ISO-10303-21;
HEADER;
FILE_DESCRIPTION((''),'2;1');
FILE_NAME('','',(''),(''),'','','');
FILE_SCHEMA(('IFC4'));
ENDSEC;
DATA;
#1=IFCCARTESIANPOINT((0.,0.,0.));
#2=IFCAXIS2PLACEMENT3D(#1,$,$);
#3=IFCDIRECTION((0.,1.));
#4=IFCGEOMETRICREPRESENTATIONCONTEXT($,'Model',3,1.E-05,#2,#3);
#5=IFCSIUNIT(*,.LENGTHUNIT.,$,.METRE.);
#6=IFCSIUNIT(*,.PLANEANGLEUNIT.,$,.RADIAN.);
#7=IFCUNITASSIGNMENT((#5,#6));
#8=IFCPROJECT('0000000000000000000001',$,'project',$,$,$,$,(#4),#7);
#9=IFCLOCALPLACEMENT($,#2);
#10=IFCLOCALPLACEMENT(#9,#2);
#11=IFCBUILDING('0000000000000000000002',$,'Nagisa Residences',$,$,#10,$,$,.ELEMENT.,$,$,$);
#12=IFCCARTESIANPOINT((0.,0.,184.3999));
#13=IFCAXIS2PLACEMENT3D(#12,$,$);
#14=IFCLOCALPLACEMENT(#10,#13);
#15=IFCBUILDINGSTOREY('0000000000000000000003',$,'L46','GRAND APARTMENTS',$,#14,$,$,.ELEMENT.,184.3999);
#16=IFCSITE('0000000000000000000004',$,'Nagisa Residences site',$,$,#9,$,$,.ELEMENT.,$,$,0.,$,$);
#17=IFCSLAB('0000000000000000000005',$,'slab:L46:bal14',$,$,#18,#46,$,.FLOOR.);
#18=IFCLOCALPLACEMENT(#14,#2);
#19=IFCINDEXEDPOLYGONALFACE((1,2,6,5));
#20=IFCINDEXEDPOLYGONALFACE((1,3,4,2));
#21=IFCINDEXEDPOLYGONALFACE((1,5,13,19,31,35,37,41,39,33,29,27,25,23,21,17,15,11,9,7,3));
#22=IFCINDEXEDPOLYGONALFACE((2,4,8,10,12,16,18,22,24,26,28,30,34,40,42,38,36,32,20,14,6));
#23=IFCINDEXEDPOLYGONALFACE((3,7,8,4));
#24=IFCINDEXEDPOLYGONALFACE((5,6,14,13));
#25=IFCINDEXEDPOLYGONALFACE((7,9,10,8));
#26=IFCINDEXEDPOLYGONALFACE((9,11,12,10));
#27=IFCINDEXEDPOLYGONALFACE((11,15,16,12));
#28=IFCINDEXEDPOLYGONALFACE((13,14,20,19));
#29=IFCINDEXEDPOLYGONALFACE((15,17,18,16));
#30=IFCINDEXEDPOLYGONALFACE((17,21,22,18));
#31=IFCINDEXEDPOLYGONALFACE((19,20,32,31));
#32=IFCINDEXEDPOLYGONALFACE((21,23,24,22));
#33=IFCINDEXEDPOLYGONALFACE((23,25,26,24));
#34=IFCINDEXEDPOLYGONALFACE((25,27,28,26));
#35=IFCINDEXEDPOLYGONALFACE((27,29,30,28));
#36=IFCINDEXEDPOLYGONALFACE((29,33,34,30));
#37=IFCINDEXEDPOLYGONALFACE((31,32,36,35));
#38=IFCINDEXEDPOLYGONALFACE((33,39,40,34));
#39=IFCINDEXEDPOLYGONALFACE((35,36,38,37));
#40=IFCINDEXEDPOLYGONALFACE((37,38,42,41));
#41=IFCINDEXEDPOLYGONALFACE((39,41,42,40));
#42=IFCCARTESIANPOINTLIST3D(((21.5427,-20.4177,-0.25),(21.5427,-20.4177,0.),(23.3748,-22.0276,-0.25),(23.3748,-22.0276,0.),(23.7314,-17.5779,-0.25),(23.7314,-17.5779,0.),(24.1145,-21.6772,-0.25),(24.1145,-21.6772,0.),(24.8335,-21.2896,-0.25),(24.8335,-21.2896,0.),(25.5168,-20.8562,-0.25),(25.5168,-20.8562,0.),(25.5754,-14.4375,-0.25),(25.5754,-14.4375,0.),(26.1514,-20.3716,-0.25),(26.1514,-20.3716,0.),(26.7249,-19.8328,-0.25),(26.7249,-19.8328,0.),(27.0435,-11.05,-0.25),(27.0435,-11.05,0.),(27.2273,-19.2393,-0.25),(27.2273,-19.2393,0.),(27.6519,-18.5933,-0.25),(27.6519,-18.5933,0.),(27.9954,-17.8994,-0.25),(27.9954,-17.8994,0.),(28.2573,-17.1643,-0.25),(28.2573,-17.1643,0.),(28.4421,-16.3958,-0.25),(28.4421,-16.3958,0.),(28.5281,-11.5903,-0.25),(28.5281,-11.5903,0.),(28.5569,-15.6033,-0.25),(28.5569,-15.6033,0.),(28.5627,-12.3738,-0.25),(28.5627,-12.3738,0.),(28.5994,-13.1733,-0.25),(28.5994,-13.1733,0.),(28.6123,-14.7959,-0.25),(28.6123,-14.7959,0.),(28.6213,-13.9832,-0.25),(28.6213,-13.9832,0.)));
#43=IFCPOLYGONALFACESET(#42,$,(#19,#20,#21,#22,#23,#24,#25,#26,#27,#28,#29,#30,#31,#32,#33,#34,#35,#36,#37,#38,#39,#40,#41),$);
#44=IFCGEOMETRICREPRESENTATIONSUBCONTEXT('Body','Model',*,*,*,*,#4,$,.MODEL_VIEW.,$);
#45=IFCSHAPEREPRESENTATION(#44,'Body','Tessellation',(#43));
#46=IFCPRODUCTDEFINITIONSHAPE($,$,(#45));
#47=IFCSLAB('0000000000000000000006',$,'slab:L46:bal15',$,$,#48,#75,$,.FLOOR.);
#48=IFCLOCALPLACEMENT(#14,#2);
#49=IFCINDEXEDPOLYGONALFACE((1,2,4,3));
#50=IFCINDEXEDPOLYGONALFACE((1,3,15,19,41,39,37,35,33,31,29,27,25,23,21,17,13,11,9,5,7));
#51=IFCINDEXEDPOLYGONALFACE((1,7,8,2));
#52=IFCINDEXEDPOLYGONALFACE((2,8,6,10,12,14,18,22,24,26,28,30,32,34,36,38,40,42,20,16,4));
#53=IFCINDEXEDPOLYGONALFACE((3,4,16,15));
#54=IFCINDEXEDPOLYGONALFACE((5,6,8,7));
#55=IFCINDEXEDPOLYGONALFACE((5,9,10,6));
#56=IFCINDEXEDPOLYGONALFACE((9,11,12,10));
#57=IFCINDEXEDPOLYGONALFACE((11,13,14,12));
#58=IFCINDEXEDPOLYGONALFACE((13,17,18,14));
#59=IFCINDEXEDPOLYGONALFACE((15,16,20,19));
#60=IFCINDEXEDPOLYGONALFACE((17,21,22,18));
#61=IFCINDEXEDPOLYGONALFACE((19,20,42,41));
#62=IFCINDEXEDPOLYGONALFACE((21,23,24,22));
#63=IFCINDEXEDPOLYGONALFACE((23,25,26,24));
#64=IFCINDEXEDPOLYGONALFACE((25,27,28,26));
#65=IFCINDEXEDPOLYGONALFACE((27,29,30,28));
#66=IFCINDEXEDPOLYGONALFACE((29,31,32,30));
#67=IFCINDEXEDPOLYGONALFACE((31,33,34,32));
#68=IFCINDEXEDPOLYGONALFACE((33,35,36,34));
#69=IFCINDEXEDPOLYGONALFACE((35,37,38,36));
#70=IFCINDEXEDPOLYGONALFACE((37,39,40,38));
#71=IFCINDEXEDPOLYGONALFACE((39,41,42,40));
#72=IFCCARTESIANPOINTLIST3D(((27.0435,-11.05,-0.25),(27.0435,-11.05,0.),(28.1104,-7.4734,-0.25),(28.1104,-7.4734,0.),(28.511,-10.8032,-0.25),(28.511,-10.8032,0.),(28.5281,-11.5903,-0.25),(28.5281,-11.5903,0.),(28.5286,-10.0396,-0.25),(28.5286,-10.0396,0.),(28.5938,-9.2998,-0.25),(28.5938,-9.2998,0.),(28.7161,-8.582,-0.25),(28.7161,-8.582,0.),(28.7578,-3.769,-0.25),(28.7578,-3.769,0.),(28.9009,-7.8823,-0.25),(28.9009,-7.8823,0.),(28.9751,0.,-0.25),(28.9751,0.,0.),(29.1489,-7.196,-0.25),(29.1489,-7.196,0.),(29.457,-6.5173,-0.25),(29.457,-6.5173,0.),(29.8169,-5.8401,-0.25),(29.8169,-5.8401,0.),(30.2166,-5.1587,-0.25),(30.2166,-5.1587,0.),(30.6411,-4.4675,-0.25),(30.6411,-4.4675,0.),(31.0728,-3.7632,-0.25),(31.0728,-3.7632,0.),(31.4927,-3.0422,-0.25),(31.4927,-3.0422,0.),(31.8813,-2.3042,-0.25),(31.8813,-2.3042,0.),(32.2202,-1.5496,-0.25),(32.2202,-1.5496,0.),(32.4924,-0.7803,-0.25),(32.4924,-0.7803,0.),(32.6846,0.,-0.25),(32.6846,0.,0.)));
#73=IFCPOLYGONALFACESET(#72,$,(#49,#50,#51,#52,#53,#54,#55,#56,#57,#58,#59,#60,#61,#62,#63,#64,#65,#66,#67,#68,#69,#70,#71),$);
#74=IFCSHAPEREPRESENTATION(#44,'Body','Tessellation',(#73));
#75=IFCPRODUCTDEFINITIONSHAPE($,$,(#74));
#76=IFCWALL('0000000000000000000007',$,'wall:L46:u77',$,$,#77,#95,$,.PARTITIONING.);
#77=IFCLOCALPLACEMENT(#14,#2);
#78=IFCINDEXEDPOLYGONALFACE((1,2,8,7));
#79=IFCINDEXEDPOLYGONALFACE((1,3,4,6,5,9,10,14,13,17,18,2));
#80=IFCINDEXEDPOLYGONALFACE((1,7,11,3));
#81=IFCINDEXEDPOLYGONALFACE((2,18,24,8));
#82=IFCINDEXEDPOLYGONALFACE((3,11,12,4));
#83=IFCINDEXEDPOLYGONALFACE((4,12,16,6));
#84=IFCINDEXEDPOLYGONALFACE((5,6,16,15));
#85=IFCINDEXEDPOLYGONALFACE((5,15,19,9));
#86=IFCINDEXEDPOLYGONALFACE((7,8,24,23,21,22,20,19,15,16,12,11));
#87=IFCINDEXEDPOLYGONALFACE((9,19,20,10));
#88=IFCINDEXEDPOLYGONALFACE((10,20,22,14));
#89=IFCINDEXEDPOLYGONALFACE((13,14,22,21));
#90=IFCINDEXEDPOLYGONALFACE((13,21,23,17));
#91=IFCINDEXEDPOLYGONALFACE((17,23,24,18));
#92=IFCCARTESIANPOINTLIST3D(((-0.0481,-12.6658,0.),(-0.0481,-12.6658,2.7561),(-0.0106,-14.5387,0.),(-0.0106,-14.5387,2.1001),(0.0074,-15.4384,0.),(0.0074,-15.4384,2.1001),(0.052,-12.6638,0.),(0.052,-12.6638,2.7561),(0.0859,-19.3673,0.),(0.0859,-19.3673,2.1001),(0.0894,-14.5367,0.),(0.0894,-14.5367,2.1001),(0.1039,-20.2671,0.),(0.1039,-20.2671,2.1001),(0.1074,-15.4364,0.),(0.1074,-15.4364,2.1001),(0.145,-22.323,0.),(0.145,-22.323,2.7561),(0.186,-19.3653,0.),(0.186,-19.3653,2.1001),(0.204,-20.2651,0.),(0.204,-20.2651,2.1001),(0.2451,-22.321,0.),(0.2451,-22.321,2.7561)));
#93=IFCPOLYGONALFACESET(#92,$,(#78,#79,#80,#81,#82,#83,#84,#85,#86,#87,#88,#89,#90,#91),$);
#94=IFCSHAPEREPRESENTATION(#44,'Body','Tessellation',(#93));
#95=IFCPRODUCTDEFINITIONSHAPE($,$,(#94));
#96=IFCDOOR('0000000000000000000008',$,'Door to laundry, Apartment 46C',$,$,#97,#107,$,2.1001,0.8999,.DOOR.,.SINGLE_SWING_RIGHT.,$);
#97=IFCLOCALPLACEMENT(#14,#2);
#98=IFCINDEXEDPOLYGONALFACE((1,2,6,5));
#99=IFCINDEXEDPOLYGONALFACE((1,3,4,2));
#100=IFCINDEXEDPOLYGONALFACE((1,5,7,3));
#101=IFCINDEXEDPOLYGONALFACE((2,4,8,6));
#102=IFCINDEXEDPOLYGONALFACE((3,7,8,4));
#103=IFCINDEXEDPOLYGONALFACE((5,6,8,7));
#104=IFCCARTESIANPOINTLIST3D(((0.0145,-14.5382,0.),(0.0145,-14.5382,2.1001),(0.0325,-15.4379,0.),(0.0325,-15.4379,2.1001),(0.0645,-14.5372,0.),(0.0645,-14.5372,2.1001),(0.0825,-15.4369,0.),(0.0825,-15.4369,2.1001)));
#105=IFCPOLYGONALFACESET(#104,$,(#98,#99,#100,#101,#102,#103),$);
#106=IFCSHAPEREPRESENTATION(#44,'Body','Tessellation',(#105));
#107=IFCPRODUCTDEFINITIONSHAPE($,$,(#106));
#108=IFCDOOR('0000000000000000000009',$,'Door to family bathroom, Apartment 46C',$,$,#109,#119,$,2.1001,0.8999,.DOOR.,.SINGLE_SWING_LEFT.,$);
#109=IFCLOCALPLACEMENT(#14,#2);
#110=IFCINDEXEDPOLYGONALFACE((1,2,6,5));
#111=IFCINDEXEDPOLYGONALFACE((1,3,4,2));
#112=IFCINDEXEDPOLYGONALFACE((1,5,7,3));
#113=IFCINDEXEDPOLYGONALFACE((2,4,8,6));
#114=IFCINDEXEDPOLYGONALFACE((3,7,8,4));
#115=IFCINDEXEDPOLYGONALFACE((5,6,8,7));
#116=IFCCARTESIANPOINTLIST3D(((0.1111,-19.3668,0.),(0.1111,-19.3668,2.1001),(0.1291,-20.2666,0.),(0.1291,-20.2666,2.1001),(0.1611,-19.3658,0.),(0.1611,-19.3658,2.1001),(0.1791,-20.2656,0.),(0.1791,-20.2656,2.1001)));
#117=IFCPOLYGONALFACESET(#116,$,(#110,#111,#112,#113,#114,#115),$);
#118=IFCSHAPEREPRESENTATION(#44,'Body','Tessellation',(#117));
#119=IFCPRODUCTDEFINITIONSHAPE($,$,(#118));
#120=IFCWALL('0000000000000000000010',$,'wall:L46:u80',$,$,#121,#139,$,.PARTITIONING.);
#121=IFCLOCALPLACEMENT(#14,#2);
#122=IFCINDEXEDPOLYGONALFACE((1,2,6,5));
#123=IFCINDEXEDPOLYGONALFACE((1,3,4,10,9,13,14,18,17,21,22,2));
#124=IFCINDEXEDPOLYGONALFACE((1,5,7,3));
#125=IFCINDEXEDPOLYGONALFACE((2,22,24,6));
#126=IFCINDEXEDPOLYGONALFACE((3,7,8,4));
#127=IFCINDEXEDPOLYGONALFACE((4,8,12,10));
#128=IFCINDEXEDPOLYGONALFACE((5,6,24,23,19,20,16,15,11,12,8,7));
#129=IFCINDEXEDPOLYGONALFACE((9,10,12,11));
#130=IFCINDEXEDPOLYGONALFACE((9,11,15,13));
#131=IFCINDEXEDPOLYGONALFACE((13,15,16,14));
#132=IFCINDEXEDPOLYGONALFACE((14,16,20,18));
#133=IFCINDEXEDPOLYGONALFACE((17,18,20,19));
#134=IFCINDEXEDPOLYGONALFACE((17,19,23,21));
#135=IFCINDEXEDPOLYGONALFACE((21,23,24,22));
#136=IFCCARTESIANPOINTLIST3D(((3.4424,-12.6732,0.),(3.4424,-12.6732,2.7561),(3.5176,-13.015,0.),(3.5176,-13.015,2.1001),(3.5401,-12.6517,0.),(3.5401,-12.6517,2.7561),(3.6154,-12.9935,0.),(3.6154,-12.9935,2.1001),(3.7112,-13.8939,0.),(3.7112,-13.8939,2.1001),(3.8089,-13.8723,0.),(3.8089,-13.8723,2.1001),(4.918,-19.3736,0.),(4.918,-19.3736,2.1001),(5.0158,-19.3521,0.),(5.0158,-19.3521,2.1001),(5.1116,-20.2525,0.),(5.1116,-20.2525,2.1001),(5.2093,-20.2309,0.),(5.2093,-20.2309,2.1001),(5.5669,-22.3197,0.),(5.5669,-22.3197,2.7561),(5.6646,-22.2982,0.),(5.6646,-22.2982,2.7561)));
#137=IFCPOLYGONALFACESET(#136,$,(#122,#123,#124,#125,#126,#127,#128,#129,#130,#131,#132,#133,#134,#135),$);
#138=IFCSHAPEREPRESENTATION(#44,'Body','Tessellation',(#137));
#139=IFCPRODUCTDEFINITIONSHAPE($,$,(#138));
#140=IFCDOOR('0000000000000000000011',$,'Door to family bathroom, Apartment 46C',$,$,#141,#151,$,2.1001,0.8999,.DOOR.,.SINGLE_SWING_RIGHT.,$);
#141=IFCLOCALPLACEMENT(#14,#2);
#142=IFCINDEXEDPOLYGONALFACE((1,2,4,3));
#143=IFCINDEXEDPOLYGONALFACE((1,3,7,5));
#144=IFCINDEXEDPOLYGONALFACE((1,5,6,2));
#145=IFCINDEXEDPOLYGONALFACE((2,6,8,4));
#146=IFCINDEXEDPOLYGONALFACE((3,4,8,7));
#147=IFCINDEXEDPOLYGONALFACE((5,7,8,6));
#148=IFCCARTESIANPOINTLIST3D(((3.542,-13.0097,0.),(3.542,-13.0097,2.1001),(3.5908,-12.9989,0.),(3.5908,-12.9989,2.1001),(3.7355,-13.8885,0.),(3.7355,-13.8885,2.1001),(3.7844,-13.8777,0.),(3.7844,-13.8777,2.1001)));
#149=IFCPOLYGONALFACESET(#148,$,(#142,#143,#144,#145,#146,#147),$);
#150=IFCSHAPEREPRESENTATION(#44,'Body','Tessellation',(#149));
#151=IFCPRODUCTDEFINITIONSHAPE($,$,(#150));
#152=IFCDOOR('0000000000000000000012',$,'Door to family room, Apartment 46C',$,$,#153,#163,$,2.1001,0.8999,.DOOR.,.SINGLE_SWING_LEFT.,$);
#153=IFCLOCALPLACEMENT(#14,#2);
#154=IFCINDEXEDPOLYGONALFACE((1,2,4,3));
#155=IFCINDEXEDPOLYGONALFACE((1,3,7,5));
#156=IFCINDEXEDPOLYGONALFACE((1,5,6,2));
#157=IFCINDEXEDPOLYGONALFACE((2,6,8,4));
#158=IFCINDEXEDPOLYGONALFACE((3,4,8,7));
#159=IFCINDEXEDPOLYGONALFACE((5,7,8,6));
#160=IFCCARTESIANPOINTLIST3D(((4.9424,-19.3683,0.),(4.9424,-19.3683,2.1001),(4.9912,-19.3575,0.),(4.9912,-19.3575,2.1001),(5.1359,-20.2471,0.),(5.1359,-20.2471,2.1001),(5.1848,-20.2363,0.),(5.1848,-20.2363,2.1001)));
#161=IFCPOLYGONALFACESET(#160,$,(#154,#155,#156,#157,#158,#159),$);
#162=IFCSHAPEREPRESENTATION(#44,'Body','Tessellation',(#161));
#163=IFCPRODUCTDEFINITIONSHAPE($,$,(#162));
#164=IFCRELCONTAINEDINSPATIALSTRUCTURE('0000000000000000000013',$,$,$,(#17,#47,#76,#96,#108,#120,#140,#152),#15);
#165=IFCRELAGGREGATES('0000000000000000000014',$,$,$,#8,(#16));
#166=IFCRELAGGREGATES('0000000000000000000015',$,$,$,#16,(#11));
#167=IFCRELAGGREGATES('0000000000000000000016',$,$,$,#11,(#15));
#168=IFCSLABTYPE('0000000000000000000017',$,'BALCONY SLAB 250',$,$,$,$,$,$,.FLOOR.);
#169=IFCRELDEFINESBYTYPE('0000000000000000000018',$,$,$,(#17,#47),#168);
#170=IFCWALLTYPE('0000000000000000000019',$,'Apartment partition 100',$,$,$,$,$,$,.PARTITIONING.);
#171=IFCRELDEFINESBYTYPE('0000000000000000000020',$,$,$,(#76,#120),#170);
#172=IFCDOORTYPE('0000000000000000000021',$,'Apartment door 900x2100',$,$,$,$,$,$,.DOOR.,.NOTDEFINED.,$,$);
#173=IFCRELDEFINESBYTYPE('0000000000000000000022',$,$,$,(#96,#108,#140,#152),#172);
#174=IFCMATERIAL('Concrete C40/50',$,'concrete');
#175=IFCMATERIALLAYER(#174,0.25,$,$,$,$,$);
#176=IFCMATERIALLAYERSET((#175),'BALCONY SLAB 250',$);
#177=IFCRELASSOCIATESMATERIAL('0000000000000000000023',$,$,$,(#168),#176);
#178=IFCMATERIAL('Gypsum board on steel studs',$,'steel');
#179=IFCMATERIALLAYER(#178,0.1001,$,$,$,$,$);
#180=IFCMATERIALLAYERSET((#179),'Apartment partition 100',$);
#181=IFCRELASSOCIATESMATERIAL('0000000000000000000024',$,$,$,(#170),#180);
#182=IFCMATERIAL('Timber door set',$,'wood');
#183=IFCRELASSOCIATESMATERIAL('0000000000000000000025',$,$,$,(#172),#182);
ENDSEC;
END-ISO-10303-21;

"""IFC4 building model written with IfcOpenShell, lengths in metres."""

from ifc_helpers import new_model, si_unit, direction, frame, frame_2d, origin, place, context, subcontext, project, spatial, polyline, rectangle, outline, extrude, material, layer, layer_set, type_object, element, fill, save


model = new_model("IFC4")

# Units and contexts
model_context = context("Model", 3, precision=1e-05, world=origin(), true_north=direction((0.0, 1.0)))
body_context = subcontext(model_context, "Body", "Model", "MODEL_VIEW")
ifc_project = project(units=[si_unit("LENGTHUNIT", "METRE"), si_unit("PLANEANGLEUNIT", "RADIAN")], contexts=[model_context])

# Site, building, storey
site_placement = place(None, origin())
site = spatial("IfcSite", under=ifc_project, at=site_placement, Name="Nagisa Residences site", CompositionType="ELEMENT", RefElevation=0.0)
building_placement = place(site_placement, origin())
building = spatial("IfcBuilding", under=site, at=building_placement, Name="Nagisa Residences", CompositionType="ELEMENT")
storey_placement = place(building_placement, frame((0.0, 0.0, 184.3999)))
storey = spatial("IfcBuildingStorey", under=building, at=storey_placement, Name="L46", Description="GRAND APARTMENTS", CompositionType="ELEMENT", Elevation=184.3999)

# Slabs
ifc_material_1 = material(Name="Concrete C40/50", Category="concrete")
ifc_layer_1 = layer(ifc_material_1, 0.25)
ifc_layer_set_1 = layer_set([ifc_layer_1], Name="BALCONY SLAB 250")
slab_type = type_object("IfcSlabType", Name="BALCONY SLAB 250", PredefinedType="FLOOR", material=ifc_layer_set_1)
slab_1_placement = place(storey_placement, frame((0.0, 0.0, -0.25)))
element("IfcSlab", 1, at=slab_1_placement, inside=storey, type_object=slab_type, Name="slab:L46:bal14", PredefinedType="FLOOR", context=body_context, shape_type="SweptSolid", body=[
    extrude(outline(polyline([(23.3748, -22.0276), (24.1145, -21.6772), (24.8335, -21.2896), (25.5168, -20.8562), (26.1514, -20.3716), (26.7249, -19.8328), (27.2273, -19.2393), (27.6519, -18.5933), (27.9954, -17.8994), (28.2573, -17.1643), (28.4421, -16.3958), (28.5569, -15.6033), (28.6123, -14.7959), (28.6213, -13.9832), (28.5994, -13.1733), (28.5627, -12.3738), (28.5281, -11.5903), (27.0435, -11.05), (25.5754, -14.4375), (23.7314, -17.5779), (21.5427, -20.4177), (23.3748, -22.0276)])), origin(), (0.0, 0.0, 1.0), 0.25),
])
slab_2_placement = place(storey_placement, frame((0.0, 0.0, -0.25)))
element("IfcSlab", 2, at=slab_2_placement, inside=storey, type_object=slab_type, Name="slab:L46:bal15", PredefinedType="FLOOR", context=body_context, shape_type="SweptSolid", body=[
    extrude(outline(polyline([(28.5281, -11.5903), (28.511, -10.8032), (28.5286, -10.0396), (28.5938, -9.2998), (28.7161, -8.582), (28.9009, -7.8823), (29.1489, -7.196), (29.457, -6.5173), (29.8169, -5.8401), (30.2166, -5.1587), (30.6411, -4.4675), (31.0728, -3.7632), (31.4927, -3.0422), (31.8813, -2.3042), (32.2202, -1.5496), (32.4924, -0.7803), (32.6846, 0.0), (28.9751, 0.0), (28.7578, -3.769), (28.1104, -7.4734), (27.0435, -11.05), (28.5281, -11.5903)])), origin(), (0.0, 0.0, 1.0), 0.25),
])

# Walls, openings, doors
ifc_material_2 = material(Name="Gypsum board on steel studs", Category="steel")
ifc_layer_2 = layer(ifc_material_2, 0.1001)
ifc_layer_set_2 = layer_set([ifc_layer_2], Name="Apartment partition 100")
wall_type_1 = type_object("IfcWallType", Name="Apartment partition 100", PredefinedType="PARTITIONING", material=ifc_layer_set_2)
wall_1_placement = place(storey_placement, frame((0.002, -12.6648, 0.0), z_axis=(0.0, 0.0, 1.0), x_axis=(0.019993, -0.9998, 0.0)))
wall_1 = element("IfcWall", 3, at=wall_1_placement, inside=storey, type_object=wall_type_1, Name="wall:L46:u77", PredefinedType="PARTITIONING", context=body_context, shape_type="SweptSolid", body=[
    extrude(rectangle(XDim=9.6592, YDim=0.1001, at=frame_2d((4.8296, 0.0))), origin(), (0.0, 0.0, 1.0), 2.7561),
])
opening_1_placement = place(wall_1_placement, frame((1.8733, 0.0, 0.0)))
opening_1 = element("IfcOpeningElement", 4, at=opening_1_placement, cuts=wall_1, PredefinedType="OPENING", context=body_context, shape_type="SweptSolid", body=[
    extrude(rectangle(XDim=0.8999, YDim=2.1001, at=frame_2d((0.45, 1.05))), frame((0.0, 0.0601, 0.0), z_axis=(0.0, -1.0, 0.0), x_axis=(1.0, 0.0, 0.0)), (0.0, 0.0, 1.0), 0.1201),
])
opening_2_placement = place(wall_1_placement, frame((6.7029, 0.0, 0.0)))
opening_2 = element("IfcOpeningElement", 5, at=opening_2_placement, cuts=wall_1, PredefinedType="OPENING", context=body_context, shape_type="SweptSolid", body=[
    extrude(rectangle(XDim=0.8999, YDim=2.1001, at=frame_2d((0.45, 1.05))), frame((0.0, 0.0601, 0.0), z_axis=(0.0, -1.0, 0.0), x_axis=(1.0, 0.0, 0.0)), (0.0, 0.0, 1.0), 0.1201),
])
ifc_material_3 = material(Name="Timber door set", Category="wood")
door_type_1 = type_object("IfcDoorType", Name="Apartment door 900x2100", OperationType="NOTDEFINED", PredefinedType="DOOR", material=ifc_material_3)
door_1_placement = place(opening_1_placement, frame((0.8999, 0.0, 0.0), x_axis=(-1.0, 0.0, 0.0)))
door_1 = element("IfcDoor", 6, at=door_1_placement, inside=storey, type_object=door_type_1, Name="Door to laundry, Apartment 46C", OperationType="SINGLE_SWING_RIGHT", OverallHeight=2.1001, OverallWidth=0.8999, PredefinedType="DOOR", context=body_context, shape_type="SweptSolid", body=[
    extrude(rectangle(XDim=0.8999, YDim=2.1001, at=frame_2d((0.45, 1.05))), frame((0.0, 0.0249, 0.0), z_axis=(0.0, -1.0, 0.0), x_axis=(1.0, 0.0, 0.0)), (0.0, 0.0, 1.0), 0.05),
])
fill(opening_1, door_1)
door_2_placement = place(opening_2_placement, frame((0.8999, 0.0, 0.0), x_axis=(-1.0, 0.0, 0.0)))
door_2 = element("IfcDoor", 7, at=door_2_placement, inside=storey, type_object=door_type_1, Name="Door to family bathroom, Apartment 46C", OperationType="SINGLE_SWING_LEFT", OverallHeight=2.1001, OverallWidth=0.8999, PredefinedType="DOOR", context=body_context, shape_type="SweptSolid", body=[
    extrude(rectangle(XDim=0.8999, YDim=2.1001, at=frame_2d((0.45, 1.05))), frame((0.0, 0.0249, 0.0), z_axis=(0.0, -1.0, 0.0), x_axis=(1.0, 0.0, 0.0)), (0.0, 0.0, 1.0), 0.05),
])
fill(opening_2, door_2)
wall_2_placement = place(storey_placement, frame((3.4912, -12.6624, 0.0), z_axis=(0.0, 0.0, 1.0), x_axis=(0.215082, -0.976596, 0.0)))
wall_2 = element("IfcWall", 8, at=wall_2_placement, inside=storey, type_object=wall_type_1, Name="wall:L46:u80", PredefinedType="PARTITIONING", context=body_context, shape_type="SweptSolid", body=[
    extrude(rectangle(XDim=9.8777, YDim=0.1001, at=frame_2d((4.939, 0.0))), origin(), (0.0, 0.0, 1.0), 2.7561),
])
opening_3_placement = place(wall_2_placement, frame((0.3501, 0.0, 0.0)))
opening_3 = element("IfcOpeningElement", 9, at=opening_3_placement, cuts=wall_2, PredefinedType="OPENING", context=body_context, shape_type="SweptSolid", body=[
    extrude(rectangle(XDim=0.8999, YDim=2.1001, at=frame_2d((0.45, 1.05))), frame((0.0, 0.0601, 0.0), z_axis=(0.0, -1.0, 0.0), x_axis=(1.0, 0.0, 0.0)), (0.0, 0.0, 1.0), 0.1201),
])
opening_4_placement = place(wall_2_placement, frame((6.8611, 0.0, 0.0)))
opening_4 = element("IfcOpeningElement", 10, at=opening_4_placement, cuts=wall_2, PredefinedType="OPENING", context=body_context, shape_type="SweptSolid", body=[
    extrude(rectangle(XDim=0.8999, YDim=2.1001, at=frame_2d((0.45, 1.05))), frame((0.0, 0.0601, 0.0), z_axis=(0.0, -1.0, 0.0), x_axis=(1.0, 0.0, 0.0)), (0.0, 0.0, 1.0), 0.1201),
])
door_3_placement = place(opening_3_placement, origin())
door_3 = element("IfcDoor", 11, at=door_3_placement, inside=storey, type_object=door_type_1, Name="Door to family bathroom, Apartment 46C", OperationType="SINGLE_SWING_RIGHT", OverallHeight=2.1001, OverallWidth=0.8999, PredefinedType="DOOR", context=body_context, shape_type="SweptSolid", body=[
    extrude(rectangle(XDim=0.8999, YDim=2.1001, at=frame_2d((0.45, 1.05))), frame((0.0, 0.0249, 0.0), z_axis=(0.0, -1.0, 0.0), x_axis=(1.0, 0.0, 0.0)), (0.0, 0.0, 1.0), 0.05),
])
fill(opening_3, door_3)
door_4_placement = place(opening_4_placement, origin())
door_4 = element("IfcDoor", 12, at=door_4_placement, inside=storey, type_object=door_type_1, Name="Door to family room, Apartment 46C", OperationType="SINGLE_SWING_LEFT", OverallHeight=2.1001, OverallWidth=0.8999, PredefinedType="DOOR", context=body_context, shape_type="SweptSolid", body=[
    extrude(rectangle(XDim=0.8999, YDim=2.1001, at=frame_2d((0.45, 1.05))), frame((0.0, 0.0249, 0.0), z_axis=(0.0, -1.0, 0.0), x_axis=(1.0, 0.0, 0.0)), (0.0, 0.0, 1.0), 0.05),
])
fill(opening_4, door_4)

save(model, "model.ifc")
